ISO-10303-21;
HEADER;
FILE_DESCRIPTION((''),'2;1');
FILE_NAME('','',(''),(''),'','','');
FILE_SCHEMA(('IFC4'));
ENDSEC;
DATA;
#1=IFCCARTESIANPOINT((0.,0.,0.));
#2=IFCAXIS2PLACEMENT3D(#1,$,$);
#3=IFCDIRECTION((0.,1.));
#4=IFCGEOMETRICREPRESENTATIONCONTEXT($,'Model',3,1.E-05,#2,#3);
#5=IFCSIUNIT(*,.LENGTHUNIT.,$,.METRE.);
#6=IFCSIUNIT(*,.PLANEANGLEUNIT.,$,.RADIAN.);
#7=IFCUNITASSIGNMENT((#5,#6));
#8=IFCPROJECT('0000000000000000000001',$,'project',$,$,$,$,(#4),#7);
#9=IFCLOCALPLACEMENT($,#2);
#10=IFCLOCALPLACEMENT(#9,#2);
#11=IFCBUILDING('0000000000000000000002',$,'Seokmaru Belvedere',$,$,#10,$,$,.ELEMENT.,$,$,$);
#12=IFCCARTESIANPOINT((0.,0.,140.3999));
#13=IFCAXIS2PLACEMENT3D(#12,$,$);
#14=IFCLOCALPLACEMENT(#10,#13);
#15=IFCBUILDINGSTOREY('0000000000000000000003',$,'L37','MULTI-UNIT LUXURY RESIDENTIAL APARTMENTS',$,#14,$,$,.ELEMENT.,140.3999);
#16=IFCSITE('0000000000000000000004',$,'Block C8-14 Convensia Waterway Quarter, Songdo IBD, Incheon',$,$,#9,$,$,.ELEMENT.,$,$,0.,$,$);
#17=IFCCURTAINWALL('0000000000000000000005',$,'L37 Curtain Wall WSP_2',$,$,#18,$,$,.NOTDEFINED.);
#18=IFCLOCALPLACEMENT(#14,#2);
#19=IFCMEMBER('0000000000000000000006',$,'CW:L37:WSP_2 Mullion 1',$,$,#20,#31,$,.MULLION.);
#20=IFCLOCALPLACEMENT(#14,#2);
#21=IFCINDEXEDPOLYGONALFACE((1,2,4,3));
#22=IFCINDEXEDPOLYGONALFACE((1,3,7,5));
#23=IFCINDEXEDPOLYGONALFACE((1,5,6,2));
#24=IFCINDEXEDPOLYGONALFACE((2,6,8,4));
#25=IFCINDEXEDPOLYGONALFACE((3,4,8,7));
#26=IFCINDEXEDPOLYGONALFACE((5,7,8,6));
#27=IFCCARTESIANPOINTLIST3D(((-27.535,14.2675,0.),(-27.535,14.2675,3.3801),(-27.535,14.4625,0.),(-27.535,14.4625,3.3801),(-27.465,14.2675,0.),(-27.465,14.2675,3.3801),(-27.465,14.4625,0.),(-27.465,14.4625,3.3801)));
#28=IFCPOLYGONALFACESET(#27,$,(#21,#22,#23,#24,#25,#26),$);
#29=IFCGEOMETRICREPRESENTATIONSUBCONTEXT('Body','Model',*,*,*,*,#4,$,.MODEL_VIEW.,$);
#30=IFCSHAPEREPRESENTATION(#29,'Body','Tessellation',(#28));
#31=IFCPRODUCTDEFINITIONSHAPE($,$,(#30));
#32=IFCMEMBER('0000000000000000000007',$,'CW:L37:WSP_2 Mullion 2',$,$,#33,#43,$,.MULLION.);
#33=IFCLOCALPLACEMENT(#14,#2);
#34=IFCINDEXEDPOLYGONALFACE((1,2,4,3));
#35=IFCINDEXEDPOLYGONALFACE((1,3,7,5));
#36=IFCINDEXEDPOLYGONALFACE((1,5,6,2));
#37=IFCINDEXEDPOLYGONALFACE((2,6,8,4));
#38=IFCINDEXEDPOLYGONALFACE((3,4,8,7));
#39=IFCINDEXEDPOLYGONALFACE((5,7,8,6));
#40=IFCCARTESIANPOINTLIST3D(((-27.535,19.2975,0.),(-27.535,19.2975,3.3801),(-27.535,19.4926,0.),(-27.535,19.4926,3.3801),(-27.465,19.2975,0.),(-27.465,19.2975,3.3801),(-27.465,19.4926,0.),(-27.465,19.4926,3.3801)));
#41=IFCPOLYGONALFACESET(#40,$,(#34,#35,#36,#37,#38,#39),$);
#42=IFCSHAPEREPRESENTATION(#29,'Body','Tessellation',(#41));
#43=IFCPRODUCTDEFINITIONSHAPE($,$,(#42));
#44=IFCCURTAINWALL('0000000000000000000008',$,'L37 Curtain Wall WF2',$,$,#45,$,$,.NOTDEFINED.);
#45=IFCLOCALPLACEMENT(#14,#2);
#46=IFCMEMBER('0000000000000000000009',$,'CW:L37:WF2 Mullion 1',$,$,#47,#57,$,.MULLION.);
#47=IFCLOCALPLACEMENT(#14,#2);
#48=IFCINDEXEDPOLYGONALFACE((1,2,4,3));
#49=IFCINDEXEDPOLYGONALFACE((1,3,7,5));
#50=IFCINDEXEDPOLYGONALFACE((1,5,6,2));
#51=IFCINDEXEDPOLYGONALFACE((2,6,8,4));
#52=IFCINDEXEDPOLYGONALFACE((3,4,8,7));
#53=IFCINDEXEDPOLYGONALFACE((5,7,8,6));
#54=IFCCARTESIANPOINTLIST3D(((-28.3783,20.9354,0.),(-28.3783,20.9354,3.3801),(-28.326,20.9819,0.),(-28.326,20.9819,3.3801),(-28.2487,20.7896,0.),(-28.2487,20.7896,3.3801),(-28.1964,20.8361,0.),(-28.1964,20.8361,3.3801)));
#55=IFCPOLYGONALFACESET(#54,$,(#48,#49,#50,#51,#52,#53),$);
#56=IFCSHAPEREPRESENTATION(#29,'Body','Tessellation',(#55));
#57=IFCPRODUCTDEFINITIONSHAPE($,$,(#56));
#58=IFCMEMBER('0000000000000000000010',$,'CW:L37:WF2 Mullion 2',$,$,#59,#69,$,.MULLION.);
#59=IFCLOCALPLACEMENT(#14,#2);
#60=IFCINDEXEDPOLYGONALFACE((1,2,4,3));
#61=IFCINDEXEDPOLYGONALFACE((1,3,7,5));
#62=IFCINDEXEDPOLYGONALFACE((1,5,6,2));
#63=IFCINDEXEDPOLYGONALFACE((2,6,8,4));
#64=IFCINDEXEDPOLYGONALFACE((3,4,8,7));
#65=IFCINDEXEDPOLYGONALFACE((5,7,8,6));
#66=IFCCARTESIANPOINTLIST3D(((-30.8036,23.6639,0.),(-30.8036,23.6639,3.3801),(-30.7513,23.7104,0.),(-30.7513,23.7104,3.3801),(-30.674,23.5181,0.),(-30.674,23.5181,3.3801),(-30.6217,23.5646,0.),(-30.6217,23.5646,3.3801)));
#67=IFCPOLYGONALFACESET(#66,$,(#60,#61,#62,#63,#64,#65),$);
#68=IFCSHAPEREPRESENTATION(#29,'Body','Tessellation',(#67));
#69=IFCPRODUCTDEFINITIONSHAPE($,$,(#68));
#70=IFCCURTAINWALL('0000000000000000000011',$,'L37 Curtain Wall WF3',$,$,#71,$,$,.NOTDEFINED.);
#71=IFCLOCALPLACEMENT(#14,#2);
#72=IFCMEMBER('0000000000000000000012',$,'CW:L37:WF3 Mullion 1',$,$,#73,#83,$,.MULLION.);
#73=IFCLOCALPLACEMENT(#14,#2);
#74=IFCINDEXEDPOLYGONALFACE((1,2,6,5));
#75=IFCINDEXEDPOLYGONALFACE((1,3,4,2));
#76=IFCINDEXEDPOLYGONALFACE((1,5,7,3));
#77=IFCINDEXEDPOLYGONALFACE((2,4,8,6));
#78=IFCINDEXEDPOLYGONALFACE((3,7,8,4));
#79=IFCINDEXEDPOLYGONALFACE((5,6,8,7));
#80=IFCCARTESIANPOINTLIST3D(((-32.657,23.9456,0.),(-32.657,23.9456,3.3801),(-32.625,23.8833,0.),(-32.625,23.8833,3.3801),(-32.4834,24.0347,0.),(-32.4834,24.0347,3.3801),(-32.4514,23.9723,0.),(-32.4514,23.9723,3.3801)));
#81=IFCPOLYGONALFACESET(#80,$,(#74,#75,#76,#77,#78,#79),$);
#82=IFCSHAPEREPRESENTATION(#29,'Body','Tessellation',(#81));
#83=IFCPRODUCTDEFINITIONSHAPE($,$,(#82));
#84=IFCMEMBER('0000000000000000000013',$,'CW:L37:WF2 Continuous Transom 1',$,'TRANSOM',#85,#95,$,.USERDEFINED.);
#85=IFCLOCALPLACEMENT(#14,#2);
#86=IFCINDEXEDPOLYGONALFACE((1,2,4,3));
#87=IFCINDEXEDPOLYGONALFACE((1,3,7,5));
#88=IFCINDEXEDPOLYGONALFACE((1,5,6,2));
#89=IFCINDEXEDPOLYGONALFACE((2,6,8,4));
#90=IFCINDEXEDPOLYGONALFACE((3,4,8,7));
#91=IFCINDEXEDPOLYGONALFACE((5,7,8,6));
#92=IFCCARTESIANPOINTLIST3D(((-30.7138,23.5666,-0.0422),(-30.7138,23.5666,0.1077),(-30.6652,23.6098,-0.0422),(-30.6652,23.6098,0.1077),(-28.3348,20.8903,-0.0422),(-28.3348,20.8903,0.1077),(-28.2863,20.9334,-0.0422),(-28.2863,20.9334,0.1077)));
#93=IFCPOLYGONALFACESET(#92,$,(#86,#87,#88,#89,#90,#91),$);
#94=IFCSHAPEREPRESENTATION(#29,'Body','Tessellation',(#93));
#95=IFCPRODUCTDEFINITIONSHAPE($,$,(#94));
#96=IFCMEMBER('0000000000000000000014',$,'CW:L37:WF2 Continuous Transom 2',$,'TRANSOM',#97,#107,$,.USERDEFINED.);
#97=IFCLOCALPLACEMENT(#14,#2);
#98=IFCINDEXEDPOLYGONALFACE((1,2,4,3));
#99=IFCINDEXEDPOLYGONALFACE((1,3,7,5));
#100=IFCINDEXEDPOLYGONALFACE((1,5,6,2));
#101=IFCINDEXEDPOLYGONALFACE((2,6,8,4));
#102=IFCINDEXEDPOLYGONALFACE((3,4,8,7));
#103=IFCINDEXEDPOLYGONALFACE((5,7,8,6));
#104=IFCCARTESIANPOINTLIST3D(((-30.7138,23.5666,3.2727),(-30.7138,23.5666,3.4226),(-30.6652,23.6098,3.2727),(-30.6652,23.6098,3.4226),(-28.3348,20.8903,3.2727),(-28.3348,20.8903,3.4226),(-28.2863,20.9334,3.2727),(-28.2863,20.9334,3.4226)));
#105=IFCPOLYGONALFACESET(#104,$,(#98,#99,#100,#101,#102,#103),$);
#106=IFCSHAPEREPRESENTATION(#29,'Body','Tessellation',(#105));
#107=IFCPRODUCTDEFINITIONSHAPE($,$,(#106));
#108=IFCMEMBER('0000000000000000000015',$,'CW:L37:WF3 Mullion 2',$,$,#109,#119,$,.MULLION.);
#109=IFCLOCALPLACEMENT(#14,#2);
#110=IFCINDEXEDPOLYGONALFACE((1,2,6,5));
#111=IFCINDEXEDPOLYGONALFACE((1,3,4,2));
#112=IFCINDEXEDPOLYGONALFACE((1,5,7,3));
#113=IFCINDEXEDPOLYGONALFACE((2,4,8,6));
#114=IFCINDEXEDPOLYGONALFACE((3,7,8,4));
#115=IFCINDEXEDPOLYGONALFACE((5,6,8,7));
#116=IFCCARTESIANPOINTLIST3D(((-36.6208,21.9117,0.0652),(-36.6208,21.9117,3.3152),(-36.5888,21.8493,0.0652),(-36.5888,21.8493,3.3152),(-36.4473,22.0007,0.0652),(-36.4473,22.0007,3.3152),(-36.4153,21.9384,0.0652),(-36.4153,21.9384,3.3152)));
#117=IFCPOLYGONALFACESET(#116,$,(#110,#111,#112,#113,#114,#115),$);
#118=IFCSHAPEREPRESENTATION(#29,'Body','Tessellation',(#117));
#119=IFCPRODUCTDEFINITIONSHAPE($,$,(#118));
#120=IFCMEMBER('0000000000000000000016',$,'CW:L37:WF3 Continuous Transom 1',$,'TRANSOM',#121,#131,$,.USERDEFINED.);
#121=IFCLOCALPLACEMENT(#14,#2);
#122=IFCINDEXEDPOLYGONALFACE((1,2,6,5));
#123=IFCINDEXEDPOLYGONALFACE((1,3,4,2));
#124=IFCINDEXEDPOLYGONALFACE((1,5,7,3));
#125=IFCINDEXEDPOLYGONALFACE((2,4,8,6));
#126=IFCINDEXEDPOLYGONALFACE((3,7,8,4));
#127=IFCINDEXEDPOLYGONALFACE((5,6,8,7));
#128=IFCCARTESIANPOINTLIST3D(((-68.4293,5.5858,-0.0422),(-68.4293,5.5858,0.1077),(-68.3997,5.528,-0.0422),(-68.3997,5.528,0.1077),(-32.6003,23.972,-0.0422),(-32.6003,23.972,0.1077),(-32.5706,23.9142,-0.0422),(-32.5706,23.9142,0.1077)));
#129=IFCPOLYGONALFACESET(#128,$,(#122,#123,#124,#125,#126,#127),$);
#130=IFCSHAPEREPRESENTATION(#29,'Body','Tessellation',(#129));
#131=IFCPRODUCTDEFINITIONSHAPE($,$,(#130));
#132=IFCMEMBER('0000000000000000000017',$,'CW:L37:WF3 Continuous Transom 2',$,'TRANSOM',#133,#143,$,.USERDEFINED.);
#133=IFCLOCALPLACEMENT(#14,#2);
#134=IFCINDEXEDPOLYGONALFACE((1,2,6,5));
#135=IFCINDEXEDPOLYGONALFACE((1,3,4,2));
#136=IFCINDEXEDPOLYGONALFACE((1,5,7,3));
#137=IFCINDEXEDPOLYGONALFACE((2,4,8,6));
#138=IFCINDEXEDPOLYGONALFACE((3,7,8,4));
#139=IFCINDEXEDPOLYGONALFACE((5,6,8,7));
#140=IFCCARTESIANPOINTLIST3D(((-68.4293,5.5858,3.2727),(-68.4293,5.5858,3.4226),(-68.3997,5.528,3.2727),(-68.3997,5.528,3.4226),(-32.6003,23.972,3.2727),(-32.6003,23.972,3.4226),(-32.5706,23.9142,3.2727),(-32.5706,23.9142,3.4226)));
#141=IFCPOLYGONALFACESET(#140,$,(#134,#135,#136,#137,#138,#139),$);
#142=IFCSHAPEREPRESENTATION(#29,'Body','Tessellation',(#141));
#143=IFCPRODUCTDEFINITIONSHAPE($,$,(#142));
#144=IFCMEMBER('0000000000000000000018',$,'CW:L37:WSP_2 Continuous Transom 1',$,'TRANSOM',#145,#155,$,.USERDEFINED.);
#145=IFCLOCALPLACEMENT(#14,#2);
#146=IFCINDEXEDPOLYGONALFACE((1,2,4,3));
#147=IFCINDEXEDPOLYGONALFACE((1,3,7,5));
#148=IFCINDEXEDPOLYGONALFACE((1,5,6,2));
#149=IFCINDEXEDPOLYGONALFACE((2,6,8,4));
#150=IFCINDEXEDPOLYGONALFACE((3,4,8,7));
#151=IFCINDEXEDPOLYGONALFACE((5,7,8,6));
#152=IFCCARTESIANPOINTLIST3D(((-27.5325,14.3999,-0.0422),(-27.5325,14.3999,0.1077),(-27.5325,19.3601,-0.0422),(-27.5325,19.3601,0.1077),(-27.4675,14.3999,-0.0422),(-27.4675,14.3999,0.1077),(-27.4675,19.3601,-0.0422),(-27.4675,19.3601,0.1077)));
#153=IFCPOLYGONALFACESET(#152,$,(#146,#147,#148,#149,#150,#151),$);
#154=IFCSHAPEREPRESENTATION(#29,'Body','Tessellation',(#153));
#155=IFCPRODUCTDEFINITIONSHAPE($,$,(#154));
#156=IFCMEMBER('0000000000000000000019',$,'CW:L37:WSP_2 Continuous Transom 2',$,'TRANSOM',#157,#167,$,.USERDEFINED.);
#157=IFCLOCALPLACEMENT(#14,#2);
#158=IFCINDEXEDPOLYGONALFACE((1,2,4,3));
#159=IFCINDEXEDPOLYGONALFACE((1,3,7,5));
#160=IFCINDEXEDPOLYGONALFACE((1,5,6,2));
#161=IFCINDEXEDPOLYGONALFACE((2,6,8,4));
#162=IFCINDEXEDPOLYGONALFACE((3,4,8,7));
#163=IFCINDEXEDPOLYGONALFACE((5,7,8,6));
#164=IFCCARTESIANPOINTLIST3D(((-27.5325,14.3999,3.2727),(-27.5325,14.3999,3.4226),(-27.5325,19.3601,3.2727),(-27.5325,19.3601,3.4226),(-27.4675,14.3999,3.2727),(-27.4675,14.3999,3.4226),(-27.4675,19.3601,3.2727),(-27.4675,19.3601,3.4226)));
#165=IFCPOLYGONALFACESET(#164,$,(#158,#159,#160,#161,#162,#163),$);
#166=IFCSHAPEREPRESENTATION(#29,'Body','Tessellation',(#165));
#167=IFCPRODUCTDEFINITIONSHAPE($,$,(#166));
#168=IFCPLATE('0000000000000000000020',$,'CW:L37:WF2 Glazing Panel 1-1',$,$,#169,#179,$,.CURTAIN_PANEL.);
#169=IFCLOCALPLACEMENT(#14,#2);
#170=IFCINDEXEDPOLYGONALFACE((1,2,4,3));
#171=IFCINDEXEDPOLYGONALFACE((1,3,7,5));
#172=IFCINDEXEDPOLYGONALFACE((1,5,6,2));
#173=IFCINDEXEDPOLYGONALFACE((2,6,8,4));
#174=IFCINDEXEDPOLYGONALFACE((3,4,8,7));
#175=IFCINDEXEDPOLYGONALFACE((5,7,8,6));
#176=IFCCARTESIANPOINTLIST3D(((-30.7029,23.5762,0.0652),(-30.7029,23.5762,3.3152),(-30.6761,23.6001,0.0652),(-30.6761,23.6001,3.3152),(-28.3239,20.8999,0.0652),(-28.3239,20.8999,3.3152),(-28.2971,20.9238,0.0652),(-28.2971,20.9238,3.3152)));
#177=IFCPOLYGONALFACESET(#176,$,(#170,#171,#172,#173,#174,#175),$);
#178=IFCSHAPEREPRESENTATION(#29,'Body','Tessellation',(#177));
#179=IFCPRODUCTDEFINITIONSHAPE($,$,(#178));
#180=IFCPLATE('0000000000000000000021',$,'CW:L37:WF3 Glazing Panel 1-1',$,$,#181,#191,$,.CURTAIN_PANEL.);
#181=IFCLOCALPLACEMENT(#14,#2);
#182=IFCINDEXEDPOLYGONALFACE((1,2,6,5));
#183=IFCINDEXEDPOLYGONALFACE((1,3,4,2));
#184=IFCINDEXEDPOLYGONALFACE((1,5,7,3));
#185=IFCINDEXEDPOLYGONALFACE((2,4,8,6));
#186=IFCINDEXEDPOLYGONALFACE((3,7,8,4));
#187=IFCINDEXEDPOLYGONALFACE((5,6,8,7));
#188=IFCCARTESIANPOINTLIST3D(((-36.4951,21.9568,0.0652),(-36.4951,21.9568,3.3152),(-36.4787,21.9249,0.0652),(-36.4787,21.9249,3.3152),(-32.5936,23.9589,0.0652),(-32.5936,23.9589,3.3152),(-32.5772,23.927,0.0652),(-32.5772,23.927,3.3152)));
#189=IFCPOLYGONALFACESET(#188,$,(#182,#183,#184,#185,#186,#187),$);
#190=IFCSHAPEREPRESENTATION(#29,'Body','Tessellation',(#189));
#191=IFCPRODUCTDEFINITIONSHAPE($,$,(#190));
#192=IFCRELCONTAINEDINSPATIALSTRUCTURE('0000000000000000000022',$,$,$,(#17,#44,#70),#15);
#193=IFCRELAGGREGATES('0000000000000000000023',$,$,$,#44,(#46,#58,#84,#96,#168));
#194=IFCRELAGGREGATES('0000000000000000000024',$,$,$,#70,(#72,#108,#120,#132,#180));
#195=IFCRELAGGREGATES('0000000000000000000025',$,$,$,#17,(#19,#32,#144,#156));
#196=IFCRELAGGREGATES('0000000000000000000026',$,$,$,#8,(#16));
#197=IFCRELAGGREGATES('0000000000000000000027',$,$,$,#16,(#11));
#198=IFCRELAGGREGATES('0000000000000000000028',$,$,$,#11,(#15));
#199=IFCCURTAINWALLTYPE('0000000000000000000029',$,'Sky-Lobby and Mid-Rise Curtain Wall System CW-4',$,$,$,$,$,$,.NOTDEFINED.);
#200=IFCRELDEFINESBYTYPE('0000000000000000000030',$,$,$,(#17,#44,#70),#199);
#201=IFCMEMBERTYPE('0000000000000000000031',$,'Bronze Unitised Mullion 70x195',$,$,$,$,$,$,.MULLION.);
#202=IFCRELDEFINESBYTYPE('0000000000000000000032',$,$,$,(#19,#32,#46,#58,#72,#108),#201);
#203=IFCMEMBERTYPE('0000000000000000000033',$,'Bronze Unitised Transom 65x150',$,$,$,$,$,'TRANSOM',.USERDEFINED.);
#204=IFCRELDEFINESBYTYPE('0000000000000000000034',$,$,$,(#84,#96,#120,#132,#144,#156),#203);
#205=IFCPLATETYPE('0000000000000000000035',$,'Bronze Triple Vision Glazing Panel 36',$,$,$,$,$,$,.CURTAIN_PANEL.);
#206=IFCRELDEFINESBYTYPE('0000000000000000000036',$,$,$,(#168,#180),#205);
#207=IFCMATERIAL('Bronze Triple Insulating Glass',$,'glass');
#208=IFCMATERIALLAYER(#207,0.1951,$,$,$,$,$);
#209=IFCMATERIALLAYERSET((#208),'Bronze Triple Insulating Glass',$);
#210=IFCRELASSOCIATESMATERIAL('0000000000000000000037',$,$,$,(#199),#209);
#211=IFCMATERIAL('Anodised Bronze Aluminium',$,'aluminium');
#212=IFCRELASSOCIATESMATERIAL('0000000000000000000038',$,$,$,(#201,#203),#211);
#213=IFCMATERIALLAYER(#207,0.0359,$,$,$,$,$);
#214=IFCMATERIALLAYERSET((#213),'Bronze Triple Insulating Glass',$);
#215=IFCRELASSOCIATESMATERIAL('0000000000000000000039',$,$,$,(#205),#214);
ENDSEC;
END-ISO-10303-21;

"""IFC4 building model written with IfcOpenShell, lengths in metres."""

from ifc_helpers import new_model, si_unit, direction, frame, origin, origin_2d, place, context, subcontext, project, spatial, rectangle, extrude, source, transform, mapped, material, layer, layer_set, material_profile, profile_set, type_object, type_shapes, element, aggregate, save


model = new_model("IFC4")

# Units and contexts
model_context = context("Model", 3, precision=1e-05, world=origin(), true_north=direction((0.0, 1.0)))
body_context = subcontext(model_context, "Body", "Model", "MODEL_VIEW")
ifc_project = project(units=[si_unit("LENGTHUNIT", "METRE"), si_unit("PLANEANGLEUNIT", "RADIAN")], contexts=[model_context])

# Site, building, storey
site_placement = place(None, origin())
site = spatial("IfcSite", under=ifc_project, at=site_placement, Name="Block C8-14 Convensia Waterway Quarter, Songdo IBD, Incheon", CompositionType="ELEMENT", RefElevation=0.0)
building_placement = place(site_placement, origin())
building = spatial("IfcBuilding", under=site, at=building_placement, Name="Seokmaru Belvedere", CompositionType="ELEMENT")
storey_placement = place(building_placement, frame((0.0, 0.0, 140.3999)))
storey = spatial("IfcBuildingStorey", under=building, at=storey_placement, Name="L37", Description="MULTI-UNIT LUXURY RESIDENTIAL APARTMENTS", CompositionType="ELEMENT", Elevation=140.3999)

# Curtain walls, members
ifc_material_1 = material(Name="Bronze Triple Insulating Glass", Category="glass")
ifc_layer_1 = layer(ifc_material_1, 0.1951)
ifc_layer_set_1 = layer_set([ifc_layer_1], Name="Bronze Triple Insulating Glass")
curtain_wall_type = type_object("IfcCurtainWallType", Name="Sky-Lobby and Mid-Rise Curtain Wall System CW-4", PredefinedType="NOTDEFINED", material=ifc_layer_set_1)
curtain_wall_1_placement = place(storey_placement, origin())
curtain_wall_1 = element("IfcCurtainWall", 1, at=curtain_wall_1_placement, inside=storey, type_object=curtain_wall_type, Name="L37 Curtain Wall WSP_2", PredefinedType="NOTDEFINED")
ifc_material_2 = material(Name="Anodised Bronze Aluminium", Category="aluminium")
ifc_material_profile_1 = material_profile(ifc_material_2, rectangle(XDim=0.0701, YDim=0.1951, at=origin_2d()), Name="CW-M-70x195")
ifc_profile_set_1 = profile_set([ifc_material_profile_1], Name="Anodised Bronze Aluminium")
member_type_1 = type_object("IfcMemberType", Name="Bronze Unitised Mullion 70x195", PredefinedType="MULLION", material=ifc_profile_set_1)
shared_shape_1 = source(origin(), body_context, "Body", "SweptSolid", [
    extrude(rectangle(XDim=0.0701, YDim=0.1951, at=origin_2d()), origin(), (0.0, 0.0, 1.0), 3.3801),
])
member_1_placement = place(storey_placement, frame((-27.5, 14.365, 0.0), z_axis=(0.0, 0.0, 1.0), x_axis=(-1.0, 0.0, 0.0)))
member_1 = element("IfcMember", 2, at=member_1_placement, type_object=member_type_1, Name="CW:L37:WSP_2 Mullion 1", PredefinedType="MULLION", context=body_context, shape_type="MappedRepresentation", body=[
    mapped(shared_shape_1, transform((0.0, 0.0, 0.0), scale=1.0)),
])
member_2_placement = place(storey_placement, frame((-27.5, 19.395, 0.0), z_axis=(0.0, 0.0, 1.0), x_axis=(-1.0, 0.0, 0.0)))
member_2 = element("IfcMember", 3, at=member_2_placement, type_object=member_type_1, Name="CW:L37:WSP_2 Mullion 2", PredefinedType="MULLION", context=body_context, shape_type="MappedRepresentation", body=[
    mapped(shared_shape_1, transform((0.0, 0.0, 0.0), scale=1.0)),
])
curtain_wall_2_placement = place(storey_placement, origin())
curtain_wall_2 = element("IfcCurtainWall", 4, at=curtain_wall_2_placement, inside=storey, type_object=curtain_wall_type, Name="L37 Curtain Wall WF2", PredefinedType="NOTDEFINED")
member_3_placement = place(storey_placement, frame((-28.2874, 20.8857, 0.0), z_axis=(0.0, 0.0, 1.0), x_axis=(-0.74741, -0.664363, 0.0)))
member_3 = element("IfcMember", 5, at=member_3_placement, type_object=member_type_1, Name="CW:L37:WF2 Mullion 1", PredefinedType="MULLION", context=body_context, shape_type="MappedRepresentation", body=[
    mapped(shared_shape_1, transform((0.0, 0.0, 0.0), scale=1.0)),
])
member_4_placement = place(storey_placement, frame((-30.7126, 23.6143, 0.0), z_axis=(0.0, 0.0, 1.0), x_axis=(-0.74741, -0.664363, 0.0)))
member_4 = element("IfcMember", 6, at=member_4_placement, type_object=member_type_1, Name="CW:L37:WF2 Mullion 2", PredefinedType="MULLION", context=body_context, shape_type="MappedRepresentation", body=[
    mapped(shared_shape_1, transform((0.0, 0.0, 0.0), scale=1.0)),
])

# Curtain wall, member
curtain_wall_3_placement = place(storey_placement, origin())
curtain_wall_3 = element("IfcCurtainWall", 7, at=curtain_wall_3_placement, inside=storey, type_object=curtain_wall_type, Name="L37 Curtain Wall WF3", PredefinedType="NOTDEFINED")
member_5_placement = place(storey_placement, frame((-32.5542, 23.959, 0.0), z_axis=(0.0, 0.0, 1.0), x_axis=(0.456555, -0.889695, 0.0)))
member_5 = element("IfcMember", 8, at=member_5_placement, type_object=member_type_1, Name="CW:L37:WF3 Mullion 1", PredefinedType="MULLION", context=body_context, shape_type="MappedRepresentation", body=[
    mapped(shared_shape_1, transform((0.0, 0.0, 0.0), scale=1.0)),
])

# Members
ifc_material_profile_2 = material_profile(ifc_material_2, rectangle(XDim=0.0649, YDim=0.1499, at=origin_2d()), Name="CW-T-65x150")
ifc_profile_set_2 = profile_set([ifc_material_profile_2], Name="Anodised Bronze Aluminium")
member_type_2 = type_object("IfcMemberType", Name="Bronze Unitised Transom 65x150", ElementType="TRANSOM", PredefinedType="USERDEFINED", material=ifc_profile_set_2)
shared_shape_2 = source(origin(), body_context, "Body", "SweptSolid", [
    extrude(rectangle(XDim=0.0649, YDim=0.1499, at=origin_2d()), origin(), (0.0, 0.0, 1.0), 3.5808),
])
member_6_placement = place(storey_placement, frame((-28.3105, 20.9119, 0.0327), z_axis=(-0.664364, 0.747409, 0.0), x_axis=(-0.747409, -0.664364, 0.0)))
member_6 = element("IfcMember", 9, at=member_6_placement, type_object=member_type_2, Name="CW:L37:WF2 Continuous Transom 1", ObjectType="TRANSOM", PredefinedType="USERDEFINED", context=body_context, shape_type="MappedRepresentation", body=[
    mapped(shared_shape_2, transform((0.0, 0.0, 0.0), scale=1.0)),
])
member_7_placement = place(storey_placement, frame((-28.3105, 20.9119, 3.3477), z_axis=(-0.664364, 0.747409, 0.0), x_axis=(-0.747409, -0.664364, 0.0)))
member_7 = element("IfcMember", 10, at=member_7_placement, type_object=member_type_2, Name="CW:L37:WF2 Continuous Transom 2", ObjectType="TRANSOM", PredefinedType="USERDEFINED", context=body_context, shape_type="MappedRepresentation", body=[
    mapped(shared_shape_2, transform((0.0, 0.0, 0.0), scale=1.0)),
])
shared_shape_3 = source(origin(), body_context, "Body", "SweptSolid", [
    extrude(rectangle(XDim=0.0701, YDim=0.1951, at=origin_2d()), origin(), (0.0, 0.0, 1.0), 3.25),
])
type_shapes(member_type_1, [shared_shape_1, shared_shape_3])
member_8_placement = place(storey_placement, frame((-36.5181, 21.925, 0.0652), z_axis=(0.0, 0.0, 1.0), x_axis=(0.456555, -0.889695, 0.0)))
member_8 = element("IfcMember", 11, at=member_8_placement, type_object=member_type_1, Name="CW:L37:WF3 Mullion 2", PredefinedType="MULLION", context=body_context, shape_type="MappedRepresentation", body=[
    mapped(shared_shape_3, transform((0.0, 0.0, 0.0), scale=1.0)),
])
shared_shape_4 = source(origin(), body_context, "Body", "SweptSolid", [
    extrude(rectangle(XDim=0.0649, YDim=0.1499, at=origin_2d()), origin(), (0.0, 0.0, 1.0), 40.2712),
])
member_9_placement = place(storey_placement, frame((-32.5854, 23.9431, 0.0327), z_axis=(-0.889693, -0.456559, 0.0), x_axis=(0.456559, -0.889693, 0.0)))
member_9 = element("IfcMember", 12, at=member_9_placement, type_object=member_type_2, Name="CW:L37:WF3 Continuous Transom 1", ObjectType="TRANSOM", PredefinedType="USERDEFINED", context=body_context, shape_type="MappedRepresentation", body=[
    mapped(shared_shape_4, transform((0.0, 0.0, 0.0), scale=1.0)),
])
member_10_placement = place(storey_placement, frame((-32.5854, 23.9431, 3.3477), z_axis=(-0.889693, -0.456559, 0.0), x_axis=(0.456559, -0.889693, 0.0)))
member_10 = element("IfcMember", 13, at=member_10_placement, type_object=member_type_2, Name="CW:L37:WF3 Continuous Transom 2", ObjectType="TRANSOM", PredefinedType="USERDEFINED", context=body_context, shape_type="MappedRepresentation", body=[
    mapped(shared_shape_4, transform((0.0, 0.0, 0.0), scale=1.0)),
])
shared_shape_5 = source(origin(), body_context, "Body", "SweptSolid", [
    extrude(rectangle(XDim=0.0649, YDim=0.1499, at=origin_2d()), origin(), (0.0, 0.0, 1.0), 4.9602),
])
type_shapes(member_type_2, [shared_shape_2, shared_shape_4, shared_shape_5])
member_11_placement = place(storey_placement, frame((-27.5, 14.3999, 0.0327), z_axis=(0.0, 1.0, 0.0), x_axis=(-1.0, 0.0, 0.0)))
member_11 = element("IfcMember", 14, at=member_11_placement, type_object=member_type_2, Name="CW:L37:WSP_2 Continuous Transom 1", ObjectType="TRANSOM", PredefinedType="USERDEFINED", context=body_context, shape_type="MappedRepresentation", body=[
    mapped(shared_shape_5, transform((0.0, 0.0, 0.0), scale=1.0)),
])
member_12_placement = place(storey_placement, frame((-27.5, 14.3999, 3.3477), z_axis=(0.0, 1.0, 0.0), x_axis=(-1.0, 0.0, 0.0)))
member_12 = element("IfcMember", 15, at=member_12_placement, type_object=member_type_2, Name="CW:L37:WSP_2 Continuous Transom 2", ObjectType="TRANSOM", PredefinedType="USERDEFINED", context=body_context, shape_type="MappedRepresentation", body=[
    mapped(shared_shape_5, transform((0.0, 0.0, 0.0), scale=1.0)),
])

# Plates
ifc_layer_2 = layer(ifc_material_1, 0.0359)
ifc_layer_set_2 = layer_set([ifc_layer_2], Name="Bronze Triple Insulating Glass")
plate_type = type_object("IfcPlateType", Name="Bronze Triple Vision Glazing Panel 36", PredefinedType="CURTAIN_PANEL", material=ifc_layer_set_2)
shared_shape_6 = source(origin(), body_context, "Body", "SweptSolid", [
    extrude(rectangle(XDim=3.5808, YDim=0.0359, at=origin_2d()), origin(), (0.0, 0.0, 1.0), 3.25),
])
plate_1_placement = place(storey_placement, frame((-29.5, 22.25, 0.0652), z_axis=(0.0, 0.0, 1.0), x_axis=(-0.664363, 0.74741, 0.0)))
plate_1 = element("IfcPlate", 16, at=plate_1_placement, type_object=plate_type, Name="CW:L37:WF2 Glazing Panel 1-1", PredefinedType="CURTAIN_PANEL", context=body_context, shape_type="MappedRepresentation", body=[
    mapped(shared_shape_6, transform((0.0, 0.0, 0.0), scale=1.0)),
])
aggregate(curtain_wall_2, [member_3, member_4, member_6, member_7, plate_1])
shared_shape_7 = source(origin(), body_context, "Body", "SweptSolid", [
    extrude(rectangle(XDim=4.3853, YDim=0.0359, at=origin_2d()), origin(), (0.0, 0.0, 1.0), 3.25),
])
plate_2_placement = place(storey_placement, frame((-34.5361, 22.9419, 0.0652), z_axis=(0.0, 0.0, 1.0), x_axis=(-0.889695, -0.456555, 0.0)))
plate_2 = element("IfcPlate", 17, at=plate_2_placement, type_object=plate_type, Name="CW:L37:WF3 Glazing Panel 1-1", PredefinedType="CURTAIN_PANEL", context=body_context, shape_type="MappedRepresentation", body=[
    mapped(shared_shape_7, transform((0.0, 0.0, 0.0), scale=1.0)),
])
aggregate(curtain_wall_3, [member_5, member_8, member_9, member_10, plate_2])
aggregate(curtain_wall_1, [member_1, member_2, member_11, member_12])

save(model, "model.ifc")
